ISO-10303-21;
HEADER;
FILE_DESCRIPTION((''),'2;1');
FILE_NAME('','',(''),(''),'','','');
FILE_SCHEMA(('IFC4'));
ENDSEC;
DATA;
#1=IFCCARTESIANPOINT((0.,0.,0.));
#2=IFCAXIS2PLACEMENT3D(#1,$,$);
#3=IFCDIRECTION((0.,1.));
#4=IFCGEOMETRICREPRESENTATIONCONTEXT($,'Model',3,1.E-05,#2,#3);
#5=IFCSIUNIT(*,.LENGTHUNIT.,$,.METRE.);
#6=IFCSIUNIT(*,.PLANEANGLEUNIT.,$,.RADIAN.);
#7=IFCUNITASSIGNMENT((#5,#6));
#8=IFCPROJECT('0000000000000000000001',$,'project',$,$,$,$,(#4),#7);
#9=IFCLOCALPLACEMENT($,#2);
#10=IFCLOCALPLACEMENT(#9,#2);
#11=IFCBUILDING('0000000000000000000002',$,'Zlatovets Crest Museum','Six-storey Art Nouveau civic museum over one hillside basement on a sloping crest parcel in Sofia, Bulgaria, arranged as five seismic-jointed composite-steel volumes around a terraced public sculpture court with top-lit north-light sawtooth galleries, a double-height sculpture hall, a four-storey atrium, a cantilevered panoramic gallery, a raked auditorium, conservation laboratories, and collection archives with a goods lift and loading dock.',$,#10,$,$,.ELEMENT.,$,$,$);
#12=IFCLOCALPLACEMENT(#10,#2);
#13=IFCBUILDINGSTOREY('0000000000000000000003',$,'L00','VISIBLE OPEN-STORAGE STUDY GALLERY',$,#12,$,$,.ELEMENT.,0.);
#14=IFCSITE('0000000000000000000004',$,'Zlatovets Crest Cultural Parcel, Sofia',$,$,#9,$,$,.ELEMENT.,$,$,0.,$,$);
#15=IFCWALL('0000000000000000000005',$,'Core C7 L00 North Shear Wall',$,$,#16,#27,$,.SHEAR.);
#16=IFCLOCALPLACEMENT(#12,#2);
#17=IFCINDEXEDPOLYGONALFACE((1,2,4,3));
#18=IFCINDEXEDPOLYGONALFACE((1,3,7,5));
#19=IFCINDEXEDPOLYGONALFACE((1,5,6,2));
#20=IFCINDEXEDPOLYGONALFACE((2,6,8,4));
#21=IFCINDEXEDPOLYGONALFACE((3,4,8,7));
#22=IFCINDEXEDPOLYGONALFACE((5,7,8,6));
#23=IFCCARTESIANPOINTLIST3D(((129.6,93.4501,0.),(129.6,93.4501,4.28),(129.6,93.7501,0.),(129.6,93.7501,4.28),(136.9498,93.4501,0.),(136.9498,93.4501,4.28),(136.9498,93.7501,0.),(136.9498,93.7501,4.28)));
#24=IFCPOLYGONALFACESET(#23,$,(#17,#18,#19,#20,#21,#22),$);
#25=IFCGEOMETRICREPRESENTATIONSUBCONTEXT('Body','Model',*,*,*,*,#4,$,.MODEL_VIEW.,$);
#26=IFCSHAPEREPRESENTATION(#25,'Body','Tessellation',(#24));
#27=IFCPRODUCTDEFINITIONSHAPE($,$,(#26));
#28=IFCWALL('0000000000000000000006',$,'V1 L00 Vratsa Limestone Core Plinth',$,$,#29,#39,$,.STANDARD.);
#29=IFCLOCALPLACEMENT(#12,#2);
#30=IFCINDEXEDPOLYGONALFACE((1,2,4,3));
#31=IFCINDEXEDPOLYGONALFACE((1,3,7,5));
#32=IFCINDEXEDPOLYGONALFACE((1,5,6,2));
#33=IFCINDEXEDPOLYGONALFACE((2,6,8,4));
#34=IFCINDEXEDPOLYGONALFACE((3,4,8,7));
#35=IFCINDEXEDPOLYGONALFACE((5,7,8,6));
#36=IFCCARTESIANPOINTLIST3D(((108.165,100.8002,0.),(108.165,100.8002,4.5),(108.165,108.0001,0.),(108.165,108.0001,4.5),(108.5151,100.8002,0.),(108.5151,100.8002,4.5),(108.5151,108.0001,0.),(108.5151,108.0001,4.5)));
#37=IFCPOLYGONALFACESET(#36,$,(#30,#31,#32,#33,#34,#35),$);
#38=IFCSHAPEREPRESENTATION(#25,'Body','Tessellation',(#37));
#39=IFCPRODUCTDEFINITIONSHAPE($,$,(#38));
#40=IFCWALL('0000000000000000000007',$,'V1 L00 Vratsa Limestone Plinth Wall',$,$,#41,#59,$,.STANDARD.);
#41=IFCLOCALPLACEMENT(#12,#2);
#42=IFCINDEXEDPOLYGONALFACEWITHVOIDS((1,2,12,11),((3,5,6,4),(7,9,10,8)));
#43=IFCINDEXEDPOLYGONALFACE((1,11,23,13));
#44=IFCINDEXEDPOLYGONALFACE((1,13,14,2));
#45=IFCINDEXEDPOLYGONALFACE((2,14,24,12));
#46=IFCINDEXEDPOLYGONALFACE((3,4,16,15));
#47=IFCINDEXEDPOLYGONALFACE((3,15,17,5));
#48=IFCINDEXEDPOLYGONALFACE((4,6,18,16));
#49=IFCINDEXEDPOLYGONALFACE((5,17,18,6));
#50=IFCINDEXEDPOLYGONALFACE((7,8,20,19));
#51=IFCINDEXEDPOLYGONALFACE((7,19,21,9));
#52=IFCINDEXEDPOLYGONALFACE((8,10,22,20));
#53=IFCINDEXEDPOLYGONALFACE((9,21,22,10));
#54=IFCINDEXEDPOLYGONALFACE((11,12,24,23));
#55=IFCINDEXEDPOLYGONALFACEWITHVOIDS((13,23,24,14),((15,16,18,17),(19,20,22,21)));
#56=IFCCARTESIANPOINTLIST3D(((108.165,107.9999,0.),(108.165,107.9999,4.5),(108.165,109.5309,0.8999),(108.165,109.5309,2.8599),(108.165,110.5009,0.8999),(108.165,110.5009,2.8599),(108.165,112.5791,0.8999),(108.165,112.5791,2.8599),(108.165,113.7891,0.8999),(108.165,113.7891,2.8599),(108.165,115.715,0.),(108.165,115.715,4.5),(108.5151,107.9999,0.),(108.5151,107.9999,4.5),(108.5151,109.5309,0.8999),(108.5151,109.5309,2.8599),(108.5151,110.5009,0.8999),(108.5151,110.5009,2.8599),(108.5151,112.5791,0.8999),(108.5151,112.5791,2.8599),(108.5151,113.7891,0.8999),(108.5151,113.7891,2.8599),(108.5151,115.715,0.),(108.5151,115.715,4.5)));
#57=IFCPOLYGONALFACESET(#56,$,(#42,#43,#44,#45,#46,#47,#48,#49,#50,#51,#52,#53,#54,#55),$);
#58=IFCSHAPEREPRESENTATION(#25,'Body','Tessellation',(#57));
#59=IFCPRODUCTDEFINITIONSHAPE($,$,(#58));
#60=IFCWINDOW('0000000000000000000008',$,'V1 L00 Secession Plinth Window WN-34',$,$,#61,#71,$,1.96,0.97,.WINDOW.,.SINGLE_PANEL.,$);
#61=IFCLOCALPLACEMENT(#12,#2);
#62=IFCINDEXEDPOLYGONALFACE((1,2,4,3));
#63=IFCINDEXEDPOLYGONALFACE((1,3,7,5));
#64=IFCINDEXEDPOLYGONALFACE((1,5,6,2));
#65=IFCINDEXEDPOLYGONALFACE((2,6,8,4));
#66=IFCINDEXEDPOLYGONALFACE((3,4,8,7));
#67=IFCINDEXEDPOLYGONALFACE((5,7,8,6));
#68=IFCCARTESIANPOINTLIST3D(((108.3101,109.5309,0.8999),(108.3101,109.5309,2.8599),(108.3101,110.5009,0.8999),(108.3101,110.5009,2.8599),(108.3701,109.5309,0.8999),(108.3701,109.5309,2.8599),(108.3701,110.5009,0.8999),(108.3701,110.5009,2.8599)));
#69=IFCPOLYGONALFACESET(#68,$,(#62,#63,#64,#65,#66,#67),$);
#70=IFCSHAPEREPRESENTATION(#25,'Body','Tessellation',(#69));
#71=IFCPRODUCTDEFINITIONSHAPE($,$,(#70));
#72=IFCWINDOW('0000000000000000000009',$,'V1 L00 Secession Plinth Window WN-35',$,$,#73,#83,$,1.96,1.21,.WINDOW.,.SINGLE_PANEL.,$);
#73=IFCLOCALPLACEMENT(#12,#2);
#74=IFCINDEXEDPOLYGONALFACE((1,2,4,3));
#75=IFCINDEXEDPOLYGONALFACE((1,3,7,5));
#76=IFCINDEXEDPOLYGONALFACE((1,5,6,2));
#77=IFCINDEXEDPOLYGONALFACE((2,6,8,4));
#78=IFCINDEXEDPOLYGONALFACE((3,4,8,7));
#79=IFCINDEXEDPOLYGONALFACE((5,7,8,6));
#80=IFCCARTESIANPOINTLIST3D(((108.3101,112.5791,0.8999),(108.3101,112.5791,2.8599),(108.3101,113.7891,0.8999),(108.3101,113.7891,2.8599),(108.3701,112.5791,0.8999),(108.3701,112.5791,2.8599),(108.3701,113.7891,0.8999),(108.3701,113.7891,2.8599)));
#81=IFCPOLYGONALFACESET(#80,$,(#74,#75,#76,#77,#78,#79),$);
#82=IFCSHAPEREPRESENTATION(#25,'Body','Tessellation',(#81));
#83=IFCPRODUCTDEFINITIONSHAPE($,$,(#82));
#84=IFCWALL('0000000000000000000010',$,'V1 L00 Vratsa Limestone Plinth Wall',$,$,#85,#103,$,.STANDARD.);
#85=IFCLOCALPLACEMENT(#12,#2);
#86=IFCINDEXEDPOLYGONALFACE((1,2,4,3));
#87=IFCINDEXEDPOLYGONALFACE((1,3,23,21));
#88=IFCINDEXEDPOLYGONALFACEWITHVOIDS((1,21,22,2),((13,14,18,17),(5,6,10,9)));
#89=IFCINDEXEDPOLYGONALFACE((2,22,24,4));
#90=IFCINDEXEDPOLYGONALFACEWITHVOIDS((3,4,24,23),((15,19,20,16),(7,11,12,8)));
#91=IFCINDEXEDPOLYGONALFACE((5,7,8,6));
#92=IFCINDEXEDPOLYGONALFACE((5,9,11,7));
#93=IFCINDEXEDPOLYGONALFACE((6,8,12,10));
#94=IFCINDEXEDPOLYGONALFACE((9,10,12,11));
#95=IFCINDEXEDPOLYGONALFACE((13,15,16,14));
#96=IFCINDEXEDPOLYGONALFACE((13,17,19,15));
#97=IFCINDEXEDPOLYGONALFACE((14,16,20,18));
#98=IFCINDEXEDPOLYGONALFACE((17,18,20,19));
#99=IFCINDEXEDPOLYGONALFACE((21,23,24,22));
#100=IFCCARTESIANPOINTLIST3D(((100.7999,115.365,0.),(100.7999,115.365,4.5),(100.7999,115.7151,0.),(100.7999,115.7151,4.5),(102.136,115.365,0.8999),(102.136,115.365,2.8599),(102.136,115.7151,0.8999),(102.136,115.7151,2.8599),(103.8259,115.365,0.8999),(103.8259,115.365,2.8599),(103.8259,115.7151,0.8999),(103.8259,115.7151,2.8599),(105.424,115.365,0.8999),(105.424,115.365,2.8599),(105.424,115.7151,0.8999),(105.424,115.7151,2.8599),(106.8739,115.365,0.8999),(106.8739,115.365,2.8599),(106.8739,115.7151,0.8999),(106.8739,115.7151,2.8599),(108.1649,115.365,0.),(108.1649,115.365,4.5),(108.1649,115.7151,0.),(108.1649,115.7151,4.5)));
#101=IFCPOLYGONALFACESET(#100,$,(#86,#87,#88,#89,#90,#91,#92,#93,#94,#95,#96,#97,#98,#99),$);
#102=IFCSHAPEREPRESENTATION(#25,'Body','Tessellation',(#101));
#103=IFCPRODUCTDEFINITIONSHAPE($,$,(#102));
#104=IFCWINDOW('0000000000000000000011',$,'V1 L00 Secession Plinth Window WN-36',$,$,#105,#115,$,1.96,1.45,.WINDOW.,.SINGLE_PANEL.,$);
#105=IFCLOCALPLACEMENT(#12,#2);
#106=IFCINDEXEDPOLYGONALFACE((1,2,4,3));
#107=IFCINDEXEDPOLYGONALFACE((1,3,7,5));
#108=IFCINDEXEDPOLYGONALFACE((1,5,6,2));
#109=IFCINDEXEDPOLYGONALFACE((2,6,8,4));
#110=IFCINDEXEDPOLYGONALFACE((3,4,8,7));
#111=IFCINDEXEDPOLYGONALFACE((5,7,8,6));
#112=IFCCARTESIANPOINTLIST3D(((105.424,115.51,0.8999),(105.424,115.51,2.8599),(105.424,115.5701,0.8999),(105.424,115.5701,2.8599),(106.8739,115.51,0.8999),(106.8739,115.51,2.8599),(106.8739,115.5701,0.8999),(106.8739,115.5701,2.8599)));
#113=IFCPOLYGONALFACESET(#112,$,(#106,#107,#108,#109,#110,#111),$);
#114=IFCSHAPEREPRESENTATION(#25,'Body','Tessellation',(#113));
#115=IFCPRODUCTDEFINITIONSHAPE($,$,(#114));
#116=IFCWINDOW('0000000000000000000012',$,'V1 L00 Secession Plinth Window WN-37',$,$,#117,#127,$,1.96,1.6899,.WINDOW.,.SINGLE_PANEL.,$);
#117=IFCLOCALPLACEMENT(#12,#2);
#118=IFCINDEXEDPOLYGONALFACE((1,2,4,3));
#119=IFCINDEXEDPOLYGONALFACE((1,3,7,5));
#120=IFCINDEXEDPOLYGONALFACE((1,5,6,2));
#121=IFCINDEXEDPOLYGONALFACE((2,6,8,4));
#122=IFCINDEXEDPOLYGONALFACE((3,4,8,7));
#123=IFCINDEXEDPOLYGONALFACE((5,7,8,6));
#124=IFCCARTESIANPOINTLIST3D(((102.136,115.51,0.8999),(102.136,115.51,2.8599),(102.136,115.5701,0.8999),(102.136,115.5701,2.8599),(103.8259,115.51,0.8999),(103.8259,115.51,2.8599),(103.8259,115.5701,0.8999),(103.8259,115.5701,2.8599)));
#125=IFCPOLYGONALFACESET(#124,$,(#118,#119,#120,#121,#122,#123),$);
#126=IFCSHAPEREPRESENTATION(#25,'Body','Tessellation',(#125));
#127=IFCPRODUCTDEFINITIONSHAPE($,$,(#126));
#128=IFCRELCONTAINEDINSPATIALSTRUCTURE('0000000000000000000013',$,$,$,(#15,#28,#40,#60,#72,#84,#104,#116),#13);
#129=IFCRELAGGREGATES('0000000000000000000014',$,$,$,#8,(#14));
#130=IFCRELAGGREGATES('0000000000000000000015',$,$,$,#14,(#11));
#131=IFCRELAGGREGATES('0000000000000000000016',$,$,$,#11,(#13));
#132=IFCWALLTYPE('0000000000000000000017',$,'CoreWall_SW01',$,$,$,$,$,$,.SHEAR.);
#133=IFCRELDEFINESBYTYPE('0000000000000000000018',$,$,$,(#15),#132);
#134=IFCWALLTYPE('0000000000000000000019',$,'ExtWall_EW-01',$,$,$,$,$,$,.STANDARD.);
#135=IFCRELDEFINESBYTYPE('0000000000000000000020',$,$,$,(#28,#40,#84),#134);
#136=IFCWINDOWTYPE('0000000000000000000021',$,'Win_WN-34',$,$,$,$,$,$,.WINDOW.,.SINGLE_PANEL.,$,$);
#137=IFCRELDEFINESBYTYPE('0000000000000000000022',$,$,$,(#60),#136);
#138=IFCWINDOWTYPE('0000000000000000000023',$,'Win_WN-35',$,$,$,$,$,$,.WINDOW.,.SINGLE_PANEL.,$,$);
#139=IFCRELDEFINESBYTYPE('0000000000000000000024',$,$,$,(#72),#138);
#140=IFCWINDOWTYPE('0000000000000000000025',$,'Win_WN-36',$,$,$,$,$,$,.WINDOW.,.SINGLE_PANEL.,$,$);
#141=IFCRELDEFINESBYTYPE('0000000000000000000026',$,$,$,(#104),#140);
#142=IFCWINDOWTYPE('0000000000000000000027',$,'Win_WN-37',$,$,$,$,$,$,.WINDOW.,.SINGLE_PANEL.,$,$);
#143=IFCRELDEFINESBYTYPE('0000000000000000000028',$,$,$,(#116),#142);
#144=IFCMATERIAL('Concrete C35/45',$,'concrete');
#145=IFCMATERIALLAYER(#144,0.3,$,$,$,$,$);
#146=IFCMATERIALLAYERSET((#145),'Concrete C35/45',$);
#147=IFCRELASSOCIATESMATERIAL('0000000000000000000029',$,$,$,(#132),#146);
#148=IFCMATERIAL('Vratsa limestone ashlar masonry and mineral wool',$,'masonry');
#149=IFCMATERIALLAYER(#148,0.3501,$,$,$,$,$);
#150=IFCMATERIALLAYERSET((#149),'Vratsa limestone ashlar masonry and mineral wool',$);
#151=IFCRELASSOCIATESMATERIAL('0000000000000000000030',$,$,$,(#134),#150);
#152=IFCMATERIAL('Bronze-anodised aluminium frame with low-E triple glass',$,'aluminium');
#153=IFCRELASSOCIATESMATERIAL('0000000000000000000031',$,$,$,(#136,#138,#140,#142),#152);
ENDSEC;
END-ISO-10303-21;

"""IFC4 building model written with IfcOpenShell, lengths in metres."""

from ifc_helpers import new_model, si_unit, direction, frame, frame_2d, origin, place, context, subcontext, project, spatial, rectangle, extrude, material, layer, layer_set, type_object, element, fill, save


model = new_model("IFC4")

# Units and contexts
model_context = context("Model", 3, precision=1e-05, world=origin(), true_north=direction((0.0, 1.0)))
body_context = subcontext(model_context, "Body", "Model", "MODEL_VIEW")
ifc_project = project(units=[si_unit("LENGTHUNIT", "METRE"), si_unit("PLANEANGLEUNIT", "RADIAN")], contexts=[model_context])

# Site, building, storey
site_placement = place(None, origin())
site = spatial("IfcSite", under=ifc_project, at=site_placement, Name="Zlatovets Crest Cultural Parcel, Sofia", CompositionType="ELEMENT", RefElevation=0.0)
building_placement = place(site_placement, origin())
building = spatial("IfcBuilding", under=site, at=building_placement, Name="Zlatovets Crest Museum", Description="Six-storey Art Nouveau civic museum over one hillside basement on a sloping crest parcel in Sofia, Bulgaria, arranged as five seismic-jointed composite-steel volumes around a terraced public sculpture court with top-lit north-light sawtooth galleries, a double-height sculpture hall, a four-storey atrium, a cantilevered panoramic gallery, a raked auditorium, conservation laboratories, and collection archives with a goods lift and loading dock.", CompositionType="ELEMENT")
storey_placement = place(building_placement, origin())
storey = spatial("IfcBuildingStorey", under=building, at=storey_placement, Name="L00", Description="VISIBLE OPEN-STORAGE STUDY GALLERY", CompositionType="ELEMENT", Elevation=0.0)

# Walls
ifc_material_1 = material(Name="Concrete C35/45", Category="concrete")
ifc_layer_1 = layer(ifc_material_1, 0.3)
ifc_layer_set_1 = layer_set([ifc_layer_1], Name="Concrete C35/45")
wall_type_1 = type_object("IfcWallType", Name="CoreWall_SW01", PredefinedType="SHEAR", material=ifc_layer_set_1)
wall_1_placement = place(storey_placement, frame((129.6001, 93.6001, 0.0), z_axis=(0.0, 0.0, 1.0), x_axis=(1.0, 0.0, 0.0)))
element("IfcWall", 1, at=wall_1_placement, inside=storey, type_object=wall_type_1, Name="Core C7 L00 North Shear Wall", PredefinedType="SHEAR", context=body_context, shape_type="SweptSolid", body=[
    extrude(rectangle(XDim=7.3499, YDim=0.3, at=frame_2d((3.6748, 0.0))), origin(), (0.0, 0.0, 1.0), 4.28),
])
ifc_material_2 = material(Name="Vratsa limestone ashlar masonry and mineral wool", Category="masonry")
ifc_layer_2 = layer(ifc_material_2, 0.3501)
ifc_layer_set_2 = layer_set([ifc_layer_2], Name="Vratsa limestone ashlar masonry and mineral wool")
wall_type_2 = type_object("IfcWallType", Name="ExtWall_EW-01", PredefinedType="STANDARD", material=ifc_layer_set_2)
wall_2_placement = place(storey_placement, frame((108.3401, 100.8, 0.0), z_axis=(0.0, 0.0, 1.0), x_axis=(0.0, 1.0, 0.0)))
element("IfcWall", 2, at=wall_2_placement, inside=storey, type_object=wall_type_2, Name="V1 L00 Vratsa Limestone Core Plinth", PredefinedType="STANDARD", context=body_context, shape_type="SweptSolid", body=[
    extrude(rectangle(XDim=7.2, YDim=0.3501, at=frame_2d((3.6001, 0.0))), origin(), (0.0, 0.0, 1.0), 4.5),
])

# Walls, openings, windows
wall_3_placement = place(storey_placement, frame((108.3401, 108.0, 0.0), z_axis=(0.0, 0.0, 1.0), x_axis=(0.0, 1.0, 0.0)))
wall_3 = element("IfcWall", 3, at=wall_3_placement, inside=storey, type_object=wall_type_2, Name="V1 L00 Vratsa Limestone Plinth Wall", PredefinedType="STANDARD", context=body_context, shape_type="SweptSolid", body=[
    extrude(rectangle(XDim=7.7151, YDim=0.3501, at=frame_2d((3.8574, 0.0))), origin(), (0.0, 0.0, 1.0), 4.5),
])
opening_1_placement = place(wall_3_placement, frame((1.531, 0.0, 0.8999)))
opening_1 = element("IfcOpeningElement", 4, at=opening_1_placement, cuts=wall_3, PredefinedType="OPENING", context=body_context, shape_type="SweptSolid", body=[
    extrude(rectangle(XDim=0.97, YDim=1.96, at=frame_2d((0.4849, 0.98))), frame((0.0, 0.1851, 0.0), z_axis=(0.0, -1.0, 0.0), x_axis=(1.0, 0.0, 0.0)), (0.0, 0.0, 1.0), 0.3701),
])
opening_2_placement = place(wall_3_placement, frame((4.5791, 0.0, 0.8999)))
opening_2 = element("IfcOpeningElement", 5, at=opening_2_placement, cuts=wall_3, PredefinedType="OPENING", context=body_context, shape_type="SweptSolid", body=[
    extrude(rectangle(XDim=1.21, YDim=1.96, at=frame_2d((0.605, 0.98))), frame((0.0, 0.1851, 0.0), z_axis=(0.0, -1.0, 0.0), x_axis=(1.0, 0.0, 0.0)), (0.0, 0.0, 1.0), 0.3701),
])
ifc_material_3 = material(Name="Bronze-anodised aluminium frame with low-E triple glass", Category="aluminium")
window_type_1 = type_object("IfcWindowType", Name="Win_WN-34", PartitioningType="SINGLE_PANEL", PredefinedType="WINDOW", material=ifc_material_3)
window_1_placement = place(opening_1_placement, origin())
window_1 = element("IfcWindow", 6, at=window_1_placement, inside=storey, type_object=window_type_1, Name="V1 L00 Secession Plinth Window WN-34", OverallHeight=1.96, OverallWidth=0.97, PartitioningType="SINGLE_PANEL", PredefinedType="WINDOW", context=body_context, shape_type="SweptSolid", body=[
    extrude(rectangle(XDim=0.97, YDim=1.96, at=frame_2d((0.4849, 0.98))), frame((0.0, 0.03, 0.0), z_axis=(0.0, -1.0, 0.0), x_axis=(1.0, 0.0, 0.0)), (0.0, 0.0, 1.0), 0.0601),
])
fill(opening_1, window_1)
window_type_2 = type_object("IfcWindowType", Name="Win_WN-35", PartitioningType="SINGLE_PANEL", PredefinedType="WINDOW", material=ifc_material_3)
window_2_placement = place(opening_2_placement, origin())
window_2 = element("IfcWindow", 7, at=window_2_placement, inside=storey, type_object=window_type_2, Name="V1 L00 Secession Plinth Window WN-35", OverallHeight=1.96, OverallWidth=1.21, PartitioningType="SINGLE_PANEL", PredefinedType="WINDOW", context=body_context, shape_type="SweptSolid", body=[
    extrude(rectangle(XDim=1.21, YDim=1.96, at=frame_2d((0.605, 0.98))), frame((0.0, 0.03, 0.0), z_axis=(0.0, -1.0, 0.0), x_axis=(1.0, 0.0, 0.0)), (0.0, 0.0, 1.0), 0.0601),
])
fill(opening_2, window_2)
wall_4_placement = place(storey_placement, frame((108.165, 115.54, 0.0), z_axis=(0.0, 0.0, 1.0), x_axis=(-1.0, 0.0, 0.0)))
wall_4 = element("IfcWall", 8, at=wall_4_placement, inside=storey, type_object=wall_type_2, Name="V1 L00 Vratsa Limestone Plinth Wall", PredefinedType="STANDARD", context=body_context, shape_type="SweptSolid", body=[
    extrude(rectangle(XDim=7.365, YDim=0.3501, at=frame_2d((3.6826, 0.0))), origin(), (0.0, 0.0, 1.0), 4.5),
])
opening_3_placement = place(wall_4_placement, frame((1.291, 0.0, 0.8999)))
opening_3 = element("IfcOpeningElement", 9, at=opening_3_placement, cuts=wall_4, PredefinedType="OPENING", context=body_context, shape_type="SweptSolid", body=[
    extrude(rectangle(XDim=1.45, YDim=1.96, at=frame_2d((0.7251, 0.98))), frame((0.0, 0.1851, 0.0), z_axis=(0.0, -1.0, 0.0), x_axis=(1.0, 0.0, 0.0)), (0.0, 0.0, 1.0), 0.3701),
])
opening_4_placement = place(wall_4_placement, frame((4.3391, 0.0, 0.8999)))
opening_4 = element("IfcOpeningElement", 10, at=opening_4_placement, cuts=wall_4, PredefinedType="OPENING", context=body_context, shape_type="SweptSolid", body=[
    extrude(rectangle(XDim=1.6899, YDim=1.96, at=frame_2d((0.845, 0.98))), frame((0.0, 0.1851, 0.0), z_axis=(0.0, -1.0, 0.0), x_axis=(1.0, 0.0, 0.0)), (0.0, 0.0, 1.0), 0.3701),
])
window_type_3 = type_object("IfcWindowType", Name="Win_WN-36", PartitioningType="SINGLE_PANEL", PredefinedType="WINDOW", material=ifc_material_3)
window_3_placement = place(opening_3_placement, origin())
window_3 = element("IfcWindow", 11, at=window_3_placement, inside=storey, type_object=window_type_3, Name="V1 L00 Secession Plinth Window WN-36", OverallHeight=1.96, OverallWidth=1.45, PartitioningType="SINGLE_PANEL", PredefinedType="WINDOW", context=body_context, shape_type="SweptSolid", body=[
    extrude(rectangle(XDim=1.45, YDim=1.96, at=frame_2d((0.7251, 0.98))), frame((0.0, 0.03, 0.0), z_axis=(0.0, -1.0, 0.0), x_axis=(1.0, 0.0, 0.0)), (0.0, 0.0, 1.0), 0.0601),
])
fill(opening_3, window_3)
window_type_4 = type_object("IfcWindowType", Name="Win_WN-37", PartitioningType="SINGLE_PANEL", PredefinedType="WINDOW", material=ifc_material_3)
window_4_placement = place(opening_4_placement, origin())
window_4 = element("IfcWindow", 12, at=window_4_placement, inside=storey, type_object=window_type_4, Name="V1 L00 Secession Plinth Window WN-37", OverallHeight=1.96, OverallWidth=1.6899, PartitioningType="SINGLE_PANEL", PredefinedType="WINDOW", context=body_context, shape_type="SweptSolid", body=[
    extrude(rectangle(XDim=1.6899, YDim=1.96, at=frame_2d((0.845, 0.98))), frame((0.0, 0.03, 0.0), z_axis=(0.0, -1.0, 0.0), x_axis=(1.0, 0.0, 0.0)), (0.0, 0.0, 1.0), 0.0601),
])
fill(opening_4, window_4)

save(model, "model.ifc")
